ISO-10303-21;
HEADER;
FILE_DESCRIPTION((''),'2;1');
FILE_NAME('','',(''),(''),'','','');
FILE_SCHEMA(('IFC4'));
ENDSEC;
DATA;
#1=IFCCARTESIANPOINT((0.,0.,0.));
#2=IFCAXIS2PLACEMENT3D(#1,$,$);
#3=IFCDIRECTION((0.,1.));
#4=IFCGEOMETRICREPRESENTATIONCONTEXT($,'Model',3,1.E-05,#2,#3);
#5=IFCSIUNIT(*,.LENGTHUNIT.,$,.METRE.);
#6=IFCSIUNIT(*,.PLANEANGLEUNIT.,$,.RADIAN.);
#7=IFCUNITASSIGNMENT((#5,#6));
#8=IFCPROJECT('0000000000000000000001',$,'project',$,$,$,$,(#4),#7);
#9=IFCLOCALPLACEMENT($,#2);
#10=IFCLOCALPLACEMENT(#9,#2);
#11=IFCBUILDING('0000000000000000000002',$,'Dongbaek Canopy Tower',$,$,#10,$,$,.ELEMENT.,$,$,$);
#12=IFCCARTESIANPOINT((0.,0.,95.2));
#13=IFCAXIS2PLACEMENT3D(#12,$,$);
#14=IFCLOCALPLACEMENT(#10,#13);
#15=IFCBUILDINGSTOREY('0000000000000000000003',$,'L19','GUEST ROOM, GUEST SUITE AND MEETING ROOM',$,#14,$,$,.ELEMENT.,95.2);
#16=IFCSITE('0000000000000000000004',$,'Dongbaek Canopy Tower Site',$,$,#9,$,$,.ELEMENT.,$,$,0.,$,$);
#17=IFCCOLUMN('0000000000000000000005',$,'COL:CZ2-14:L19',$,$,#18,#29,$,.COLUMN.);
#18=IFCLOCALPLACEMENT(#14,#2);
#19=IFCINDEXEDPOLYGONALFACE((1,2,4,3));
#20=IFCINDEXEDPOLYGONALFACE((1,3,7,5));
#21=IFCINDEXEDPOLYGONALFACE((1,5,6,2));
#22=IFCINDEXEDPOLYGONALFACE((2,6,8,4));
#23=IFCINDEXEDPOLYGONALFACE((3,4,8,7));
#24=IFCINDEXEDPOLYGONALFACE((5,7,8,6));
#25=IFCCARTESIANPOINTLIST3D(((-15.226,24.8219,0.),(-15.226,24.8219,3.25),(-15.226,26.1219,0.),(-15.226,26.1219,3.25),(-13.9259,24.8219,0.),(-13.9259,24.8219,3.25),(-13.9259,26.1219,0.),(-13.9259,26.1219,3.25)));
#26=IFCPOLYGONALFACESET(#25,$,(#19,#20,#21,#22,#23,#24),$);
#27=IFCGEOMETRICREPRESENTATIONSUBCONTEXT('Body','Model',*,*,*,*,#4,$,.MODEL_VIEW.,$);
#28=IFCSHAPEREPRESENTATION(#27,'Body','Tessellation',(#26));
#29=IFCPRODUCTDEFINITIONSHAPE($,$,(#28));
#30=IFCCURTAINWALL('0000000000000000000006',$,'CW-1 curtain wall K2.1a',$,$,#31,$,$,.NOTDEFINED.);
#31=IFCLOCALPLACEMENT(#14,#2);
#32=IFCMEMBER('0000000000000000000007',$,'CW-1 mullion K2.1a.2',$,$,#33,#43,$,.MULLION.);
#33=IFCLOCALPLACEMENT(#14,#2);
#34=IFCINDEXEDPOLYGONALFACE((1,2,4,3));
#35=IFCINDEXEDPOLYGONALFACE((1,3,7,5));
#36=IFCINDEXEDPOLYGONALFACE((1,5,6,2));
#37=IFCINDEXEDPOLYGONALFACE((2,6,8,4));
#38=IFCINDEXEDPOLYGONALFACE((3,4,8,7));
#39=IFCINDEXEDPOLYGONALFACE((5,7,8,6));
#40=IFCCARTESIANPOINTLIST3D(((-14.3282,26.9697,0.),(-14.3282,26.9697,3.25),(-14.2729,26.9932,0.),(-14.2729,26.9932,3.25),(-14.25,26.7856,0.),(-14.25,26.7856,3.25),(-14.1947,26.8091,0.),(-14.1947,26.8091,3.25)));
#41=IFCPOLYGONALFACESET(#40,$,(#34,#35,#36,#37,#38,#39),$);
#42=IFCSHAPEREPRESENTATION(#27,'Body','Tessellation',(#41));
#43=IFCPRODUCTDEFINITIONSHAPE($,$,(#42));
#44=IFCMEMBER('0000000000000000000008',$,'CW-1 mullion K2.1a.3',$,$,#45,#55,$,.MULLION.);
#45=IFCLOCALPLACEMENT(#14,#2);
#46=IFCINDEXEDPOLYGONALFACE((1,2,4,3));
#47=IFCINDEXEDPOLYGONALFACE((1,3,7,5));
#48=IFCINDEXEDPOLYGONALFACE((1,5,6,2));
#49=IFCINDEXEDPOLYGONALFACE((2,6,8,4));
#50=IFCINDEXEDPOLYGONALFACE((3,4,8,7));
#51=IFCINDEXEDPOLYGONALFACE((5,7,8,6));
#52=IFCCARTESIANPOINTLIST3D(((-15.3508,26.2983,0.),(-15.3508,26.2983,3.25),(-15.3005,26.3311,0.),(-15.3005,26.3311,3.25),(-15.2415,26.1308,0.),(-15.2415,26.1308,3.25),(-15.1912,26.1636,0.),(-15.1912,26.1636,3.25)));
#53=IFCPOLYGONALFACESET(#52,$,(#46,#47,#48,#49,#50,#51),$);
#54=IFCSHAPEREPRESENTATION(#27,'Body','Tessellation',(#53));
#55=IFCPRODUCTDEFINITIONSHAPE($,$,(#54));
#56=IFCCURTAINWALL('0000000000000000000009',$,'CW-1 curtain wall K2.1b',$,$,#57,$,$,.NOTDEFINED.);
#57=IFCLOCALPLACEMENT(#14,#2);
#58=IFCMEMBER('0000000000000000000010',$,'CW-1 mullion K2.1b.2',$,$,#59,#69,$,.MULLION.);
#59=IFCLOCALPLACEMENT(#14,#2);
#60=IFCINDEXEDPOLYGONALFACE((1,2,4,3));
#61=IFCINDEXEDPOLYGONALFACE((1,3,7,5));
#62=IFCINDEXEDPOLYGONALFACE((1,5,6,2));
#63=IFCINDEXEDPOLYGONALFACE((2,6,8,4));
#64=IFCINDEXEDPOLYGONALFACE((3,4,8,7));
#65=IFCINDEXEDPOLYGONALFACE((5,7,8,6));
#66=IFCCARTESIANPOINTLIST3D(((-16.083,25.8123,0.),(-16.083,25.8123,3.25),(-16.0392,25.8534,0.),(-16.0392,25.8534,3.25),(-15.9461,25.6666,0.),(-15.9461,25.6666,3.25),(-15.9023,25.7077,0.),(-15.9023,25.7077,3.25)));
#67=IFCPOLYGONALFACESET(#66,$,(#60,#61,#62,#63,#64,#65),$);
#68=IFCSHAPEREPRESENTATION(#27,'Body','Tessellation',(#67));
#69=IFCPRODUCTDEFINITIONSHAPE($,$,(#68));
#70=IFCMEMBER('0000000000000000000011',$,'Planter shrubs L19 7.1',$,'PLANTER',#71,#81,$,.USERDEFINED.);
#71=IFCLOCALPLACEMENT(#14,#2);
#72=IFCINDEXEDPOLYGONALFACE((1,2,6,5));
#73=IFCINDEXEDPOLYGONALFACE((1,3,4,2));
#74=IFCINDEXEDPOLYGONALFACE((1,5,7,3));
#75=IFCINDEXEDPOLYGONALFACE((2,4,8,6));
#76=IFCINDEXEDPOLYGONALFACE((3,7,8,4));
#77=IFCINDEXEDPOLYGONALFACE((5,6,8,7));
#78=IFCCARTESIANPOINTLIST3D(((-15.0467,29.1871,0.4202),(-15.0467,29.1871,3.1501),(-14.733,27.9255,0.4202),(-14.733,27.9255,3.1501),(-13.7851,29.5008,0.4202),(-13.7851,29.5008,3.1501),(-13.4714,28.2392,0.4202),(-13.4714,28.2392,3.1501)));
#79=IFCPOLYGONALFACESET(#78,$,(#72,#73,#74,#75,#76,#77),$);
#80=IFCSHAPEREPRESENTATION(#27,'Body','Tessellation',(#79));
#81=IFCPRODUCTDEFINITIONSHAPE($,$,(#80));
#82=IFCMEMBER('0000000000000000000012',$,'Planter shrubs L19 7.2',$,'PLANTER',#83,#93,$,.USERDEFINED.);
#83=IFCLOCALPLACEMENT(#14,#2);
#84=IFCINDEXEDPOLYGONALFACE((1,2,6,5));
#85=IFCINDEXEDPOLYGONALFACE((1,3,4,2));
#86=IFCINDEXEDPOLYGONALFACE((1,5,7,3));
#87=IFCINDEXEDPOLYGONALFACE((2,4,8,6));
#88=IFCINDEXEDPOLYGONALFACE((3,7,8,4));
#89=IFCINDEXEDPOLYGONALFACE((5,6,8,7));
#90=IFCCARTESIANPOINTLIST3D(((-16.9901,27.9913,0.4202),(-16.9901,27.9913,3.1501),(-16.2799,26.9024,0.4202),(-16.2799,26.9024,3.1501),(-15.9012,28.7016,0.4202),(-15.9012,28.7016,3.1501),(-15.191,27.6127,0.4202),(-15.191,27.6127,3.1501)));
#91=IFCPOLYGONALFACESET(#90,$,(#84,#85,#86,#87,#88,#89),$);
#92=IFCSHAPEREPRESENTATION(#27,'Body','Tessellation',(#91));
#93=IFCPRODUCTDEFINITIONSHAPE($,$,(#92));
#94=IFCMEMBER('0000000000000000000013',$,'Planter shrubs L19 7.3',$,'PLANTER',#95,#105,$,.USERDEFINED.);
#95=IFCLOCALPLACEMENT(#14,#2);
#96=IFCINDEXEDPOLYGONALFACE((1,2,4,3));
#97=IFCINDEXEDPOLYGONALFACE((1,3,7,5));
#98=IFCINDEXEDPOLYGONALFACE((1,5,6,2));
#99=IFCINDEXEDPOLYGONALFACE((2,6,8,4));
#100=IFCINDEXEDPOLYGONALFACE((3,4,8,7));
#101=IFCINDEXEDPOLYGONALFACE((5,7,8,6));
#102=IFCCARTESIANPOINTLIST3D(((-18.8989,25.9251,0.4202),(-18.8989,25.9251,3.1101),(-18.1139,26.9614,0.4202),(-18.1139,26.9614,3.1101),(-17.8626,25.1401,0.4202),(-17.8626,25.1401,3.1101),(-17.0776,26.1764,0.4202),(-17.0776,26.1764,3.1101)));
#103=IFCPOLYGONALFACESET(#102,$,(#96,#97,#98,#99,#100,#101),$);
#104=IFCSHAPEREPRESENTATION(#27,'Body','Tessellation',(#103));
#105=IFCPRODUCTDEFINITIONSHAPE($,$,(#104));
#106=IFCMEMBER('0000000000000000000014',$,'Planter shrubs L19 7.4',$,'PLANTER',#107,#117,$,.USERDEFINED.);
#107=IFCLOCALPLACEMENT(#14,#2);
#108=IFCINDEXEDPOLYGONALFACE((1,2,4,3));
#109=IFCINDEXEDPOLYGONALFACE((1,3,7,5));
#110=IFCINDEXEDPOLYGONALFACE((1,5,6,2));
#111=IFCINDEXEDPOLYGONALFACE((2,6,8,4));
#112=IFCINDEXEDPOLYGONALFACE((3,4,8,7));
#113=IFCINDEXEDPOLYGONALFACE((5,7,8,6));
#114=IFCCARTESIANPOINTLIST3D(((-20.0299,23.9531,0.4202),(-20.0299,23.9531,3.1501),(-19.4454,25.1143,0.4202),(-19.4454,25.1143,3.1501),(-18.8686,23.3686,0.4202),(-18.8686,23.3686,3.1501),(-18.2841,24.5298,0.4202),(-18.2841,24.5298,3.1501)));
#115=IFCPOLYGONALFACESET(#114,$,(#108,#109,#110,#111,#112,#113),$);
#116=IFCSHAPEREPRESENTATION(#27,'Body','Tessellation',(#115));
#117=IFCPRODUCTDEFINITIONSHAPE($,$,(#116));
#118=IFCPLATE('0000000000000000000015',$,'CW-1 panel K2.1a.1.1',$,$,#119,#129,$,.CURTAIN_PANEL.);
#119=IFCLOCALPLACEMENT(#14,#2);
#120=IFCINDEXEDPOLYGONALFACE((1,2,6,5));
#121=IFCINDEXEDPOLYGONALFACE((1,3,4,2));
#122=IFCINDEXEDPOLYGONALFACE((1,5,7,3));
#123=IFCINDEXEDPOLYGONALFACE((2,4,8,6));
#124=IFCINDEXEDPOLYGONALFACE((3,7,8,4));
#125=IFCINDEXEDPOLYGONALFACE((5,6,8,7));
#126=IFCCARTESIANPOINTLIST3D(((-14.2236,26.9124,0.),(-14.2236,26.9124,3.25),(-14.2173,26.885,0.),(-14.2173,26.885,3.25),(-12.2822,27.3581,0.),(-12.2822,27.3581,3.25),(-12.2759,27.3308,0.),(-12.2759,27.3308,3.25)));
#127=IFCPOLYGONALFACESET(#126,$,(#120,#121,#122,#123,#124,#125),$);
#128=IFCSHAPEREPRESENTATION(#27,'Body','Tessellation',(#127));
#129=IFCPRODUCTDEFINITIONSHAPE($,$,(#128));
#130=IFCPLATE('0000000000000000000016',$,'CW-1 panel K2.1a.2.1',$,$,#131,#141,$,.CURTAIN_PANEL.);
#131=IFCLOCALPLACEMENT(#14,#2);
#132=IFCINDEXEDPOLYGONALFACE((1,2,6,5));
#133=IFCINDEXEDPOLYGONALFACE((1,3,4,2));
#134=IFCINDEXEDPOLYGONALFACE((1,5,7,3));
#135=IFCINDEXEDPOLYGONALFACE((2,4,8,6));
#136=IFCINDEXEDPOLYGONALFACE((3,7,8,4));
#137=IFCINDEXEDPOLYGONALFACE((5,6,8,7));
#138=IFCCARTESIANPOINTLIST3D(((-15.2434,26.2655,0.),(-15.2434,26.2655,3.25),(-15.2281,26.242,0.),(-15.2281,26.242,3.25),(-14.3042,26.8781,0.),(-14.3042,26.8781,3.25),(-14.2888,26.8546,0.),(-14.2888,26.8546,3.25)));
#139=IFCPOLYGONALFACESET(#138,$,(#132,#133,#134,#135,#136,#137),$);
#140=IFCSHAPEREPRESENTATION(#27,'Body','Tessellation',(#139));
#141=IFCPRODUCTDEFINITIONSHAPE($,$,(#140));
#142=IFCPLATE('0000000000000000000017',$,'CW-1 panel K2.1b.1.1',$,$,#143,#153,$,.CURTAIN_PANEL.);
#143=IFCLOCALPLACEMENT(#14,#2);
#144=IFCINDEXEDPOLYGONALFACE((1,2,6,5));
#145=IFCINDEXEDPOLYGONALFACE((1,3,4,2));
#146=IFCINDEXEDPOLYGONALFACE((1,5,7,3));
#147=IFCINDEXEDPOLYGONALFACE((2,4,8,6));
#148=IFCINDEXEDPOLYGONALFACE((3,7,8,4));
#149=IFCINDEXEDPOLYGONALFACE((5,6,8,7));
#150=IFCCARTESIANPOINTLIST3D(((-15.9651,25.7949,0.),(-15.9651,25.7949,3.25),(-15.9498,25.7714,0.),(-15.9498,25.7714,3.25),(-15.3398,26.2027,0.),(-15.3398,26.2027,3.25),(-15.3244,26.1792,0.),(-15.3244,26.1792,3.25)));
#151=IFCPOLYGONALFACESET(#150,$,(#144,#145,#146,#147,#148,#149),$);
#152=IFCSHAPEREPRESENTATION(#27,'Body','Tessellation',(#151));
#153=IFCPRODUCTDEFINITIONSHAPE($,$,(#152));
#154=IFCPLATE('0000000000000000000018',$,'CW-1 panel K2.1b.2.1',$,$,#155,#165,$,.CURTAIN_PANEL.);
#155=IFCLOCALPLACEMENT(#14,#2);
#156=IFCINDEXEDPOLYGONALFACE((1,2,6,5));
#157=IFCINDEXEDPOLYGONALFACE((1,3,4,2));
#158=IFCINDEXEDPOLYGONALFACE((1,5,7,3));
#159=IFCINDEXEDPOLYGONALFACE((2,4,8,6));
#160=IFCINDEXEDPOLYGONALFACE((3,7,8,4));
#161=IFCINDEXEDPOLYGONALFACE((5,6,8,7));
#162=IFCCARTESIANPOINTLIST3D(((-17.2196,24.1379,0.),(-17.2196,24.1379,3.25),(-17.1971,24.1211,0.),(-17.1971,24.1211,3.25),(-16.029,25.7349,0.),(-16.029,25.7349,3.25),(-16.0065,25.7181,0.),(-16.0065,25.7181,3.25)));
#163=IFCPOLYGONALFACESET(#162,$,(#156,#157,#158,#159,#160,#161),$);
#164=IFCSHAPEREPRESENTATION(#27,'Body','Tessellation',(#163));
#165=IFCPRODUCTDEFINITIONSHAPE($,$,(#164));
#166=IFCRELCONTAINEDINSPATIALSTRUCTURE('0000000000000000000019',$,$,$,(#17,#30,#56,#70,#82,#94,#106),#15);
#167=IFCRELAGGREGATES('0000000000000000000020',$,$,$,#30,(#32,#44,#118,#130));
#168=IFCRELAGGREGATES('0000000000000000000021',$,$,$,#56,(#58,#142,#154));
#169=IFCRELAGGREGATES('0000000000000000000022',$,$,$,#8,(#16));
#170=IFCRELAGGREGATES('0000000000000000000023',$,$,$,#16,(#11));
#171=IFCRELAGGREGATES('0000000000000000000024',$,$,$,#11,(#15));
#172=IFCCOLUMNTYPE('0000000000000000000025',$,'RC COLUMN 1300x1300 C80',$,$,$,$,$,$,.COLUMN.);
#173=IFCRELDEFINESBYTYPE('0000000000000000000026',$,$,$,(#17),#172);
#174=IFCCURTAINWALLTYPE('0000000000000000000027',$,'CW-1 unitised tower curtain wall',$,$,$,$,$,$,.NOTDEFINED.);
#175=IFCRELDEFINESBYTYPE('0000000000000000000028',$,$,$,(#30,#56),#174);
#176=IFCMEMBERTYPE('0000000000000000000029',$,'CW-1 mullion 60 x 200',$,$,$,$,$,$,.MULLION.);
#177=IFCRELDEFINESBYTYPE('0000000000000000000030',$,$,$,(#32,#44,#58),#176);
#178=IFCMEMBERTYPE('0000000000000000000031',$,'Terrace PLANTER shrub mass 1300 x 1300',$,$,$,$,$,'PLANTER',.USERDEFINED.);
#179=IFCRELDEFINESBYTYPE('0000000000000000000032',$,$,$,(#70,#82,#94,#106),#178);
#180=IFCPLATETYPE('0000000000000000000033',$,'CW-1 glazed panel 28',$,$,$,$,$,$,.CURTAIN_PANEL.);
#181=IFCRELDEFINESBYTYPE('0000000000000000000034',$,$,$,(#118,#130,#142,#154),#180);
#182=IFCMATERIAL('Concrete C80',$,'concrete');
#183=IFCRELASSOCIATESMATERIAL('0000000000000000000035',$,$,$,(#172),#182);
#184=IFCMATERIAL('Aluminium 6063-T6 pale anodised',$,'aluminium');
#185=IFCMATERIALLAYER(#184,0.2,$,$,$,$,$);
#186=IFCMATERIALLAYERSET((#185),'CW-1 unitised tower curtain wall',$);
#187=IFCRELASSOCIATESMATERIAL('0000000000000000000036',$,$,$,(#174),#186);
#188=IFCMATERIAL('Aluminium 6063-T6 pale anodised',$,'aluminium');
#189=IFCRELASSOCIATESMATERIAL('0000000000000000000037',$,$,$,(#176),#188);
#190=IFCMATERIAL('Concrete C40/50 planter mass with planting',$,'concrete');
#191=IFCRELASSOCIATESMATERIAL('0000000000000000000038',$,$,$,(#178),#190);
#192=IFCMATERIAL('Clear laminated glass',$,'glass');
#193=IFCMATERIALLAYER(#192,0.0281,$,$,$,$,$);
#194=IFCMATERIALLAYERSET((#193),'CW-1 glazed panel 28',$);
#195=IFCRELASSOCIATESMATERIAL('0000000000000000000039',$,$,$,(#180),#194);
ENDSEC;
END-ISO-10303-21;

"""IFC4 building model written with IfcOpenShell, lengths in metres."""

from ifc_helpers import new_model, si_unit, direction, frame, origin, origin_2d, place, context, subcontext, project, spatial, rectangle, extrude, material, layer, layer_set, material_profile, profile_set, type_object, element, aggregate, save


model = new_model("IFC4")

# Units and contexts
model_context = context("Model", 3, precision=1e-05, world=origin(), true_north=direction((0.0, 1.0)))
body_context = subcontext(model_context, "Body", "Model", "MODEL_VIEW")
ifc_project = project(units=[si_unit("LENGTHUNIT", "METRE"), si_unit("PLANEANGLEUNIT", "RADIAN")], contexts=[model_context])

# Site, building, storey
site_placement = place(None, origin())
site = spatial("IfcSite", under=ifc_project, at=site_placement, Name="Dongbaek Canopy Tower Site", CompositionType="ELEMENT", RefElevation=0.0)
building_placement = place(site_placement, origin())
building = spatial("IfcBuilding", under=site, at=building_placement, Name="Dongbaek Canopy Tower", CompositionType="ELEMENT")
storey_placement = place(building_placement, frame((0.0, 0.0, 95.2)))
storey = spatial("IfcBuildingStorey", under=building, at=storey_placement, Name="L19", Description="GUEST ROOM, GUEST SUITE AND MEETING ROOM", CompositionType="ELEMENT", Elevation=95.2)

# Column
ifc_material_1 = material(Name="Concrete C80", Category="concrete")
ifc_material_profile_1 = material_profile(ifc_material_1, rectangle(XDim=1.3, YDim=1.3, at=origin_2d()), Name="RC COLUMN 1300x1300 C80")
ifc_profile_set_1 = profile_set([ifc_material_profile_1], Name="Concrete C80")
column_type = type_object("IfcColumnType", Name="RC COLUMN 1300x1300 C80", PredefinedType="COLUMN", material=ifc_profile_set_1)
column_placement = place(storey_placement, frame((-14.5759, 25.4719, 0.0), z_axis=(0.0, 0.0, 1.0), x_axis=(1.0, 0.0, 0.0)))
element("IfcColumn", 1, at=column_placement, inside=storey, type_object=column_type, Name="COL:CZ2-14:L19", PredefinedType="COLUMN", context=body_context, shape_type="SweptSolid", body=[
    extrude(rectangle(XDim=1.3, YDim=1.3, at=origin_2d()), origin(), (0.0, 0.0, 1.0), 3.25),
])

# Curtain wall, members
ifc_material_2 = material(Name="Aluminium 6063-T6 pale anodised", Category="aluminium")
ifc_layer_1 = layer(ifc_material_2, 0.2)
ifc_layer_set_1 = layer_set([ifc_layer_1], Name="CW-1 unitised tower curtain wall")
curtain_wall_type = type_object("IfcCurtainWallType", Name="CW-1 unitised tower curtain wall", PredefinedType="NOTDEFINED", material=ifc_layer_set_1)
curtain_wall_1_placement = place(storey_placement, origin())
curtain_wall_1 = element("IfcCurtainWall", 2, at=curtain_wall_1_placement, inside=storey, type_object=curtain_wall_type, Name="CW-1 curtain wall K2.1a", PredefinedType="NOTDEFINED")
ifc_material_3 = material(Name="Aluminium 6063-T6 pale anodised", Category="aluminium")
ifc_material_profile_2 = material_profile(ifc_material_3, rectangle(XDim=0.2, YDim=0.0601, at=origin_2d()), Name="CW-1 mullion 60 x 200")
ifc_profile_set_2 = profile_set([ifc_material_profile_2], Name="Aluminium 6063-T6 pale anodised")
member_type_1 = type_object("IfcMemberType", Name="CW-1 mullion 60 x 200", PredefinedType="MULLION", material=ifc_profile_set_2)
member_1_placement = place(storey_placement, frame((-14.2615, 26.8894, 0.0), z_axis=(0.0, 0.0, 1.0), x_axis=(-0.391087, 0.920354, 0.0)))
member_1 = element("IfcMember", 3, at=member_1_placement, type_object=member_type_1, Name="CW-1 mullion K2.1a.2", PredefinedType="MULLION", context=body_context, shape_type="SweptSolid", body=[
    extrude(rectangle(XDim=0.2, YDim=0.0601, at=origin_2d()), origin(), (0.0, 0.0, 1.0), 3.25),
])
member_2_placement = place(storey_placement, frame((-15.271, 26.231, 0.0), z_axis=(0.0, 0.0, 1.0), x_axis=(-0.546299, 0.837591, 0.0)))
member_2 = element("IfcMember", 4, at=member_2_placement, type_object=member_type_1, Name="CW-1 mullion K2.1a.3", PredefinedType="MULLION", context=body_context, shape_type="SweptSolid", body=[
    extrude(rectangle(XDim=0.2, YDim=0.0601, at=origin_2d()), origin(), (0.0, 0.0, 1.0), 3.25),
])

# Curtain wall, member
curtain_wall_2_placement = place(storey_placement, origin())
curtain_wall_2 = element("IfcCurtainWall", 5, at=curtain_wall_2_placement, inside=storey, type_object=curtain_wall_type, Name="CW-1 curtain wall K2.1b", PredefinedType="NOTDEFINED")
member_3_placement = place(storey_placement, frame((-15.9927, 25.76, 0.0), z_axis=(0.0, 0.0, 1.0), x_axis=(-0.684608, 0.728912, 0.0)))
member_3 = element("IfcMember", 6, at=member_3_placement, type_object=member_type_1, Name="CW-1 mullion K2.1b.2", PredefinedType="MULLION", context=body_context, shape_type="SweptSolid", body=[
    extrude(rectangle(XDim=0.2, YDim=0.0601, at=origin_2d()), origin(), (0.0, 0.0, 1.0), 3.25),
])

# Members
ifc_material_4 = material(Name="Concrete C40/50 planter mass with planting", Category="concrete")
ifc_material_profile_3 = material_profile(ifc_material_4, rectangle(XDim=1.3, YDim=1.3, at=origin_2d()), Name="Terrace PLANTER shrub mass 1300 x 1300")
ifc_profile_set_3 = profile_set([ifc_material_profile_3], Name="Concrete C40/50 planter mass with planting")
member_type_2 = type_object("IfcMemberType", Name="Terrace PLANTER shrub mass 1300 x 1300", ElementType="PLANTER", PredefinedType="USERDEFINED", material=ifc_profile_set_3)
for number, where, z_axis, x_axis, name in (
    (7, (-14.259, 28.7131, 0.4202), (0.0, 0.0, 1.0), (-0.241324, 0.970445, 0.0), "Planter shrubs L19 7.1"),
    (8, (-16.0906, 27.802, 0.4202), (0.0, 0.0, 1.0), (-0.546299, 0.837591, 0.0), "Planter shrubs L19 7.2"),
):
    element("IfcMember", number, at=place(storey_placement, frame(where, z_axis=z_axis, x_axis=x_axis)), inside=storey, type_object=member_type_2, Name=name, ObjectType="PLANTER", PredefinedType="USERDEFINED", context=body_context, shape_type="SweptSolid", body=[
        extrude(rectangle(XDim=1.3, YDim=1.3, at=origin_2d()), origin(), (0.0, 0.0, 1.0), 2.73),
    ])
member_4_placement = place(storey_placement, frame((-17.9883, 26.0508, 0.4202), z_axis=(0.0, 0.0, 1.0), x_axis=(-0.797114, 0.603829, 0.0)))
element("IfcMember", 9, at=member_4_placement, inside=storey, type_object=member_type_2, Name="Planter shrubs L19 7.3", ObjectType="PLANTER", PredefinedType="USERDEFINED", context=body_context, shape_type="SweptSolid", body=[
    extrude(rectangle(XDim=1.3, YDim=1.3, at=origin_2d()), origin(), (0.0, 0.0, 1.0), 2.6899),
])
member_5_placement = place(storey_placement, frame((-19.157, 24.2415, 0.4202), z_axis=(0.0, 0.0, 1.0), x_axis=(-0.893229, 0.449602, 0.0)))
element("IfcMember", 10, at=member_5_placement, inside=storey, type_object=member_type_2, Name="Planter shrubs L19 7.4", ObjectType="PLANTER", PredefinedType="USERDEFINED", context=body_context, shape_type="SweptSolid", body=[
    extrude(rectangle(XDim=1.3, YDim=1.3, at=origin_2d()), origin(), (0.0, 0.0, 1.0), 2.73),
])

# Plates
ifc_material_5 = material(Name="Clear laminated glass", Category="glass")
ifc_layer_2 = layer(ifc_material_5, 0.0281)
ifc_layer_set_2 = layer_set([ifc_layer_2], Name="CW-1 glazed panel 28")
plate_type = type_object("IfcPlateType", Name="CW-1 glazed panel 28", PredefinedType="CURTAIN_PANEL", material=ifc_layer_set_2)
plate_1_placement = place(storey_placement, frame((-13.2498, 27.1216, 0.0), z_axis=(0.0, 0.0, 1.0), x_axis=(-0.974641, -0.223774, 0.0)))
plate_1 = element("IfcPlate", 11, at=plate_1_placement, type_object=plate_type, Name="CW-1 panel K2.1a.1.1", PredefinedType="CURTAIN_PANEL", context=body_context, shape_type="SweptSolid", body=[
    extrude(rectangle(XDim=1.9919, YDim=0.0281, at=origin_2d()), origin(), (0.0, 0.0, 1.0), 3.25),
])
plate_2_placement = place(storey_placement, frame((-14.7661, 26.5601, 0.0), z_axis=(0.0, 0.0, 1.0), x_axis=(-0.837591, -0.546299, 0.0)))
plate_2 = element("IfcPlate", 12, at=plate_2_placement, type_object=plate_type, Name="CW-1 panel K2.1a.2.1", PredefinedType="CURTAIN_PANEL", context=body_context, shape_type="SweptSolid", body=[
    extrude(rectangle(XDim=1.1213, YDim=0.0281, at=origin_2d()), origin(), (0.0, 0.0, 1.0), 3.25),
])
aggregate(curtain_wall_1, [member_1, member_2, plate_1, plate_2])
plate_3_placement = place(storey_placement, frame((-15.6448, 25.9871, 0.0), z_axis=(0.0, 0.0, 1.0), x_axis=(-0.837591, -0.546299, 0.0)))
plate_3 = element("IfcPlate", 13, at=plate_3_placement, type_object=plate_type, Name="CW-1 panel K2.1b.1.1", PredefinedType="CURTAIN_PANEL", context=body_context, shape_type="SweptSolid", body=[
    extrude(rectangle(XDim=0.7466, YDim=0.0281, at=origin_2d()), origin(), (0.0, 0.0, 1.0), 3.25),
])
plate_4_placement = place(storey_placement, frame((-16.613, 24.928, 0.0), z_axis=(0.0, 0.0, 1.0), x_axis=(-0.59768, -0.801735, 0.0)))
plate_4 = element("IfcPlate", 14, at=plate_4_placement, type_object=plate_type, Name="CW-1 panel K2.1b.2.1", PredefinedType="CURTAIN_PANEL", context=body_context, shape_type="SweptSolid", body=[
    extrude(rectangle(XDim=1.9919, YDim=0.0281, at=origin_2d()), origin(), (0.0, 0.0, 1.0), 3.25),
])
aggregate(curtain_wall_2, [member_3, plate_3, plate_4])

save(model, "model.ifc")
